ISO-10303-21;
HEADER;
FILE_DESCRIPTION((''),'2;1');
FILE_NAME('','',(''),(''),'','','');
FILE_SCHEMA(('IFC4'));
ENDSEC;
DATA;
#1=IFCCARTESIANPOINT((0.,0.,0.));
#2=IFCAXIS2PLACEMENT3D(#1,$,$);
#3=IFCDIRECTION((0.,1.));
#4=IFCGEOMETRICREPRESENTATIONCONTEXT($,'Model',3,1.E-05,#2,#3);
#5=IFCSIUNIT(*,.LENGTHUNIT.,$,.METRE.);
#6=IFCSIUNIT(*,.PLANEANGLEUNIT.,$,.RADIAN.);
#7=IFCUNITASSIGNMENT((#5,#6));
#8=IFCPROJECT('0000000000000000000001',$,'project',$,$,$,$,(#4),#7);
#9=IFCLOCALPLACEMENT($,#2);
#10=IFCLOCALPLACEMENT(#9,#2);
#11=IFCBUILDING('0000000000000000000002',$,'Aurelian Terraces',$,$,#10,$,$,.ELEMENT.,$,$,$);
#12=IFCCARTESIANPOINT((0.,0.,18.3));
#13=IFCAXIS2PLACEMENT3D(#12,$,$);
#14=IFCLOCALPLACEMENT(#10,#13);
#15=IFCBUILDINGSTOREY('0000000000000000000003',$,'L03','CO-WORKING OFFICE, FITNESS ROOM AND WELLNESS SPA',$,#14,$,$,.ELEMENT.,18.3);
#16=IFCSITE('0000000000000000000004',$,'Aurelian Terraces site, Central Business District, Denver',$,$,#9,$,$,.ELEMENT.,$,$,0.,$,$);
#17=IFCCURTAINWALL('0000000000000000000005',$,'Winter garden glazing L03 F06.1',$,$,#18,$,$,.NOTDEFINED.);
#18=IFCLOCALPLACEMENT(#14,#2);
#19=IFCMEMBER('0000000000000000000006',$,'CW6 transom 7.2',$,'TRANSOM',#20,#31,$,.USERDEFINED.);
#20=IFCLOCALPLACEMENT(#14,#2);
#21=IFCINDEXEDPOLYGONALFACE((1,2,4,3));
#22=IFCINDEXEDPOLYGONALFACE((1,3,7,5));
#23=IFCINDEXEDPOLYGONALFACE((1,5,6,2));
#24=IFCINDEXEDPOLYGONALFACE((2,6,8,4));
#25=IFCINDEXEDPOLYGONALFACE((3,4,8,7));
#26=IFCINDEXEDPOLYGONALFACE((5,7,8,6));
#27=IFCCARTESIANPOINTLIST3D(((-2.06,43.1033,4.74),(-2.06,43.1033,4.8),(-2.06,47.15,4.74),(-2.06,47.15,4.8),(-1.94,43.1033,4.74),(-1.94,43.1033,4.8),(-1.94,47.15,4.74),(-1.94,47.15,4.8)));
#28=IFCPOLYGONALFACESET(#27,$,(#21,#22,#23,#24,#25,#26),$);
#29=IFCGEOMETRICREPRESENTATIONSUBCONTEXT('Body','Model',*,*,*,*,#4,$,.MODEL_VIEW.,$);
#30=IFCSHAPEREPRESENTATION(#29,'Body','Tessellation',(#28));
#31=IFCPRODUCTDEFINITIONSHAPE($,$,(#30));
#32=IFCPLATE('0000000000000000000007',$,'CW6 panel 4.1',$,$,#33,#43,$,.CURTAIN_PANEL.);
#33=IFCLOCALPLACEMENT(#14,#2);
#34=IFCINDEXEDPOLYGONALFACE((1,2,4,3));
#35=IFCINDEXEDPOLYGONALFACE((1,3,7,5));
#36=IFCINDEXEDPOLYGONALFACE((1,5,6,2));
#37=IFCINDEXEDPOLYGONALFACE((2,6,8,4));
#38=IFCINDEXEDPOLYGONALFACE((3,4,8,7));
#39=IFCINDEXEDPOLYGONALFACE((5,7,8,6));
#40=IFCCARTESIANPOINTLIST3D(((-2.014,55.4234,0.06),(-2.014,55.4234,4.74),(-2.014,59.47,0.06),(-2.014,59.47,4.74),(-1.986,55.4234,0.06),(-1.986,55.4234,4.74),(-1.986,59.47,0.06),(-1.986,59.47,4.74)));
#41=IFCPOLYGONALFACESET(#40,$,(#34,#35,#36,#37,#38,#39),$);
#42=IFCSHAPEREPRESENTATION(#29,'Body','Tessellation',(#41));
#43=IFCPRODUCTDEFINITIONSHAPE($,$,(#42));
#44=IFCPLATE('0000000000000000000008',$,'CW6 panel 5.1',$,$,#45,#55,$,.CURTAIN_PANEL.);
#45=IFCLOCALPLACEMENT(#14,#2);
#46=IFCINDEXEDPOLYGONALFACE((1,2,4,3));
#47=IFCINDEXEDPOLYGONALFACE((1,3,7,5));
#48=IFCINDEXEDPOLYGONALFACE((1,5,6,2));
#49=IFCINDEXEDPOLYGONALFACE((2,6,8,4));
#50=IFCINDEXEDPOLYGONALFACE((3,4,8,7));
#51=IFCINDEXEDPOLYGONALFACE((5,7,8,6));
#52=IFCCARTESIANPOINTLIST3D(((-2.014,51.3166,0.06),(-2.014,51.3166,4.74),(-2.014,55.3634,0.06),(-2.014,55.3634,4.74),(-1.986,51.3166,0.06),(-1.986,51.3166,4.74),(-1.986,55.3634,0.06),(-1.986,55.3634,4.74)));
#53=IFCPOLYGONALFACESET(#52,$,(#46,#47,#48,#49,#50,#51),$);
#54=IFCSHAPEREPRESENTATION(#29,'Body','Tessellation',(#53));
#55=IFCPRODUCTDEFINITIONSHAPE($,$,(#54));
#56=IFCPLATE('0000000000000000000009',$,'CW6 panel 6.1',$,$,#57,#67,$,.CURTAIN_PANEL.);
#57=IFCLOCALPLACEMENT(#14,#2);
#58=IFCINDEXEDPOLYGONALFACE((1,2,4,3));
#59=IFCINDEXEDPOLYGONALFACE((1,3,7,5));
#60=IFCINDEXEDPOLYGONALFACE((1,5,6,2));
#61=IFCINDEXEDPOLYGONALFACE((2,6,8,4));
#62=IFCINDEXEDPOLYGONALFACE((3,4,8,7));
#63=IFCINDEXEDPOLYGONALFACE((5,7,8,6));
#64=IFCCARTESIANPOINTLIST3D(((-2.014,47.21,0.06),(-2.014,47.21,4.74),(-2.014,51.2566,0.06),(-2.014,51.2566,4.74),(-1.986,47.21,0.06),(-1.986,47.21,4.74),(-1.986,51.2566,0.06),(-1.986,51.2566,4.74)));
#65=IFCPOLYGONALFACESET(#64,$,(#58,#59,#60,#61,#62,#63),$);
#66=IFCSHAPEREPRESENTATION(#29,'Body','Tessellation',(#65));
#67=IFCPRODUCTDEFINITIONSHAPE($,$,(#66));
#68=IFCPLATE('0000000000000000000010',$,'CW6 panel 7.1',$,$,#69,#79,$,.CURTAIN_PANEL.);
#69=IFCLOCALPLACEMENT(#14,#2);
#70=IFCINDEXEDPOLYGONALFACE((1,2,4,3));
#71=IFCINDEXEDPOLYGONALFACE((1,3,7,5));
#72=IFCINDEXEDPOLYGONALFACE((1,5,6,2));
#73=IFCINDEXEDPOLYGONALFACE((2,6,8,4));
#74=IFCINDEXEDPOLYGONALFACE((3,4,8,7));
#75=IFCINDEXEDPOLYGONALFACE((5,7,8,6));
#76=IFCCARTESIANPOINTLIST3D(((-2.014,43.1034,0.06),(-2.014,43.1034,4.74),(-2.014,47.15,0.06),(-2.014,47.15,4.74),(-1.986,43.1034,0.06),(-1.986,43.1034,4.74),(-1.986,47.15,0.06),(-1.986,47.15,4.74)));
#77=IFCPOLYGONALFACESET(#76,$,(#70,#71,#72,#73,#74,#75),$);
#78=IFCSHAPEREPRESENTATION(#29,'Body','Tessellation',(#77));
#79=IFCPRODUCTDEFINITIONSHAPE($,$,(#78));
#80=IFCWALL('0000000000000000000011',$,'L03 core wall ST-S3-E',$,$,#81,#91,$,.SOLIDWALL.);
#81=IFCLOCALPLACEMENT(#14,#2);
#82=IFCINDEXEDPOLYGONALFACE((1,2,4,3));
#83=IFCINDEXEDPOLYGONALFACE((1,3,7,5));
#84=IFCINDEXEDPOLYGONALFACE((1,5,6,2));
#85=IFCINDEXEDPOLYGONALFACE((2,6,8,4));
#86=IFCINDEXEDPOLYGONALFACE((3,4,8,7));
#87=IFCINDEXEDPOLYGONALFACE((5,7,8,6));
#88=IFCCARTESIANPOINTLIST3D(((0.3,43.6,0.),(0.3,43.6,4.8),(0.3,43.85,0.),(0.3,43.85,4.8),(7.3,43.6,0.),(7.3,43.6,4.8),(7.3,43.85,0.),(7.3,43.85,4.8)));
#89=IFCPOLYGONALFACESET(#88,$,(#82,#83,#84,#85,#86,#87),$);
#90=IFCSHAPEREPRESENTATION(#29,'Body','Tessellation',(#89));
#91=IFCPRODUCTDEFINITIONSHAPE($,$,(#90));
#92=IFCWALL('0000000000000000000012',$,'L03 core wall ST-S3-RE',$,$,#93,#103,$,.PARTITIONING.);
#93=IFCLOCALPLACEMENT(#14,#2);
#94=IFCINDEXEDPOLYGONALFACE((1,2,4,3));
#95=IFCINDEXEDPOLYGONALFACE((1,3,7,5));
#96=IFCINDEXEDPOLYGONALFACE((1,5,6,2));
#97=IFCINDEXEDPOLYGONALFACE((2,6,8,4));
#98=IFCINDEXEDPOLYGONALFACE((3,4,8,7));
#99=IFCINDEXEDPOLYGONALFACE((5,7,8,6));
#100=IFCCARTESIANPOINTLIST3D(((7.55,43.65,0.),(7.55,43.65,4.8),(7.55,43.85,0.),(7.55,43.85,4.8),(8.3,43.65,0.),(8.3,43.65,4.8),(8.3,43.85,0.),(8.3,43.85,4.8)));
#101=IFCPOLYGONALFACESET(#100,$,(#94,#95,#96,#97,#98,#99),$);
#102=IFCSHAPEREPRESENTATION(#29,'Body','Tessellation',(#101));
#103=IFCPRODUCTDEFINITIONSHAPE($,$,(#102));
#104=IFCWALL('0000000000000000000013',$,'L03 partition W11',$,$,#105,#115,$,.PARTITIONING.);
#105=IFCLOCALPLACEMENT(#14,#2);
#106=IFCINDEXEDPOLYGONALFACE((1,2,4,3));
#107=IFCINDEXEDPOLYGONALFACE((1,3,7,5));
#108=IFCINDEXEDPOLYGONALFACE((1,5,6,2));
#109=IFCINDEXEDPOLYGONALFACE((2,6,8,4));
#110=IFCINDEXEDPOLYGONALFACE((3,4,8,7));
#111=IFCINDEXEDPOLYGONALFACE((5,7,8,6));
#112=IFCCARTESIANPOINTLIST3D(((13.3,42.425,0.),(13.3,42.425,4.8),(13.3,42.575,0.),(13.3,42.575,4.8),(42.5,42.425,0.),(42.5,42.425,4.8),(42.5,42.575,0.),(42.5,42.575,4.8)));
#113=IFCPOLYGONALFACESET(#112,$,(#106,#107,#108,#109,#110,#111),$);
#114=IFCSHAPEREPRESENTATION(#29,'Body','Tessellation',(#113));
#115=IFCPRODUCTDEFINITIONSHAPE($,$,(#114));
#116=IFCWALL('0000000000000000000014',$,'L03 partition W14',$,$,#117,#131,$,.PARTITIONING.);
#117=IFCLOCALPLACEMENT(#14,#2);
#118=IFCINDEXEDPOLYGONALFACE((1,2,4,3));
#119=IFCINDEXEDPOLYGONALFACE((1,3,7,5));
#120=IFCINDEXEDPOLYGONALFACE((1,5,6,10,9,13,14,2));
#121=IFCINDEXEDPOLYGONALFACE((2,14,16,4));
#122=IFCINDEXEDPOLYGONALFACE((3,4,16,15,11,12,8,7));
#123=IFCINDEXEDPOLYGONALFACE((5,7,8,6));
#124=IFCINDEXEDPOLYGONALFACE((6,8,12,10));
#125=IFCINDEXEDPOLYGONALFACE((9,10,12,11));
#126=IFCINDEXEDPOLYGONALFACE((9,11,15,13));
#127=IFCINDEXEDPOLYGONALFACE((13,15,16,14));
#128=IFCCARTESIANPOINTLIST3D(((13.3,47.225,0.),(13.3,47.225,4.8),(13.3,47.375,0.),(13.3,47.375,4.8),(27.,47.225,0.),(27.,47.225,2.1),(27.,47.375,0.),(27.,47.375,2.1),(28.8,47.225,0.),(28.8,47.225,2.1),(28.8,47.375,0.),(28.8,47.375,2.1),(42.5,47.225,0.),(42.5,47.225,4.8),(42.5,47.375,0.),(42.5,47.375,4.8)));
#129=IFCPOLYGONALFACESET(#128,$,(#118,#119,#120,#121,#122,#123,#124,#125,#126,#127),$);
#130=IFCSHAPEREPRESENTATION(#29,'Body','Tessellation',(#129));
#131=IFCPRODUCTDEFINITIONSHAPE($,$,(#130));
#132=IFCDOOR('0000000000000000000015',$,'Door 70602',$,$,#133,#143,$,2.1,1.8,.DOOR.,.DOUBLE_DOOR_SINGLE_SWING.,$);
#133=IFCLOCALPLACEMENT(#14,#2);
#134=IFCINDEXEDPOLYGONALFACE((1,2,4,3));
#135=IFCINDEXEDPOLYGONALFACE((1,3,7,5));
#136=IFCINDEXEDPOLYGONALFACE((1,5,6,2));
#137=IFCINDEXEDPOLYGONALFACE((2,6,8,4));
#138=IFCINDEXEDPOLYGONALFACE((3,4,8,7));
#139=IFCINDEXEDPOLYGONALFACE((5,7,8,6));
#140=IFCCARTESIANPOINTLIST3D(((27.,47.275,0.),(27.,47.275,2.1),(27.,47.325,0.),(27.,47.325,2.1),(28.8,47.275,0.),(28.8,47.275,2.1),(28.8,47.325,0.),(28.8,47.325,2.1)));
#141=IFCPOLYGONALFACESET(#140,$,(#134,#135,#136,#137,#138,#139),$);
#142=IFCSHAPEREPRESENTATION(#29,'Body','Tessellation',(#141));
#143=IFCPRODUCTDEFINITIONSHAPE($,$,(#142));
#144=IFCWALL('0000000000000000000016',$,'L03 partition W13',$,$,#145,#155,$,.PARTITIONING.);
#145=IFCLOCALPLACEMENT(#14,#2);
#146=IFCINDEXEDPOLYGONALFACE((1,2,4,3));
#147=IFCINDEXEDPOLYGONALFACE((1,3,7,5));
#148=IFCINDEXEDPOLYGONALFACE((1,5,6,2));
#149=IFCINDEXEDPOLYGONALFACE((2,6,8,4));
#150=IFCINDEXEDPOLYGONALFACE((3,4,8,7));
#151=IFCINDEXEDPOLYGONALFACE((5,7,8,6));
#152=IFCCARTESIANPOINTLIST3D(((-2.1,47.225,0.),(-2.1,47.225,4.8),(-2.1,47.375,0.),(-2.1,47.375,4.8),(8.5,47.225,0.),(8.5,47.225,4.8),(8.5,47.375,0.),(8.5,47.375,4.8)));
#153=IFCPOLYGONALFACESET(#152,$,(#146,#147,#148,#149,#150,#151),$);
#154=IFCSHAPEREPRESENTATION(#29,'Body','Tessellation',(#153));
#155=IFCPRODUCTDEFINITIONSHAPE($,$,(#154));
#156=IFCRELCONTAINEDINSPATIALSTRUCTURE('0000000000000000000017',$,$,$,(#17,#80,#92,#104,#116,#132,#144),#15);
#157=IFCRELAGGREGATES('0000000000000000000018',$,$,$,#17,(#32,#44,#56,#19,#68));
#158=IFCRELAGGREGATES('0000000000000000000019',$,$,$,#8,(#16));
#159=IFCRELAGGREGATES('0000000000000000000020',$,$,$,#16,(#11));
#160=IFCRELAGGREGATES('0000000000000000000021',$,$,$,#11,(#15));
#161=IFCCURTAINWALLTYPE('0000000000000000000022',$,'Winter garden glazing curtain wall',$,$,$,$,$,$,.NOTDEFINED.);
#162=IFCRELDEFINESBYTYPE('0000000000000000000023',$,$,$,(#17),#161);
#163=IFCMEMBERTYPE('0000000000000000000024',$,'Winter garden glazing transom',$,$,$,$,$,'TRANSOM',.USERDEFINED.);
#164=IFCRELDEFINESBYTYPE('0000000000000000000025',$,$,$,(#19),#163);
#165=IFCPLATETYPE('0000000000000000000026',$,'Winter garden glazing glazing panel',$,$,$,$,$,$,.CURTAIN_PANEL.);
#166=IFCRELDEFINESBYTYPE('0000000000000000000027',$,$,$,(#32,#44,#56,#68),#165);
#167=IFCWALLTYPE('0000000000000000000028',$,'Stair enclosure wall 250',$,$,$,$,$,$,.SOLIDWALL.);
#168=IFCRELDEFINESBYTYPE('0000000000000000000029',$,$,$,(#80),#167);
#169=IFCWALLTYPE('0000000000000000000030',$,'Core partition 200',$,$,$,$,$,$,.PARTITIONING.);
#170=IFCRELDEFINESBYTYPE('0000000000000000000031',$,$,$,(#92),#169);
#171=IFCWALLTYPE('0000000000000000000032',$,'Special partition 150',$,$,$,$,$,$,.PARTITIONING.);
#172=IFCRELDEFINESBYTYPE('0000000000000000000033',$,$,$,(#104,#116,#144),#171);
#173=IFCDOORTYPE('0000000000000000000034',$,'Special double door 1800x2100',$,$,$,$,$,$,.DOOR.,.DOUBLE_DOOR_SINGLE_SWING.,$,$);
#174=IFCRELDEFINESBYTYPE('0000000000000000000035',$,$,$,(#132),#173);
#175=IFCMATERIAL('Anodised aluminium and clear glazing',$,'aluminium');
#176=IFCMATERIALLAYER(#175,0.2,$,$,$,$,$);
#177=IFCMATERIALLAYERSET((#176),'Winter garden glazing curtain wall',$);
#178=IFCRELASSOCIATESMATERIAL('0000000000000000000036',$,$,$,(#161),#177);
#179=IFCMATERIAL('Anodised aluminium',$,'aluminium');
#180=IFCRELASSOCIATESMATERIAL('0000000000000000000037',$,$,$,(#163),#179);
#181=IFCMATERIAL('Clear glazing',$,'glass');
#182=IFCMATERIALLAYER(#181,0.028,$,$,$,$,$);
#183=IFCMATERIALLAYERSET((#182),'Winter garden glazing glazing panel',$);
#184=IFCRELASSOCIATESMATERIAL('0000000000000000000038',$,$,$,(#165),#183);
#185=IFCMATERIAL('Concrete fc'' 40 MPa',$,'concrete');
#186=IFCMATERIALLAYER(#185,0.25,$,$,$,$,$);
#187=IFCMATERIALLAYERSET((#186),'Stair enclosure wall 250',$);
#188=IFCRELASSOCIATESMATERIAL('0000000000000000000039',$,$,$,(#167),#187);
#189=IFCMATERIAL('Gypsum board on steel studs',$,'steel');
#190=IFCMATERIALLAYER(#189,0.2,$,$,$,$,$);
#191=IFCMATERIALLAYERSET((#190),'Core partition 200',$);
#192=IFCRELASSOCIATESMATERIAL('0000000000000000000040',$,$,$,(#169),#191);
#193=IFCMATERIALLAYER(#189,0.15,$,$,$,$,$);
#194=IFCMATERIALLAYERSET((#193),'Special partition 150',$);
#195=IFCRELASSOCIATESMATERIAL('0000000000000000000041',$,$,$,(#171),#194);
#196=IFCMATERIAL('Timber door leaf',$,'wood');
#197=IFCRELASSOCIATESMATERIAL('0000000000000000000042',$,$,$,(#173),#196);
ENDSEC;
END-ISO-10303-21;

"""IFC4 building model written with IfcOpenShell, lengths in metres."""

from ifc_helpers import new_model, si_unit, direction, frame, frame_2d, origin, origin_2d, place, context, subcontext, project, spatial, rectangle, extrude, source, transform, mapped, material, layer, layer_set, material_profile, profile_set, type_object, element, fill, aggregate, save


model = new_model("IFC4")

# Units and contexts
model_context = context("Model", 3, precision=1e-05, world=origin(), true_north=direction((0.0, 1.0)))
body_context = subcontext(model_context, "Body", "Model", "MODEL_VIEW")
ifc_project = project(units=[si_unit("LENGTHUNIT", "METRE"), si_unit("PLANEANGLEUNIT", "RADIAN")], contexts=[model_context])

# Site, building, storey
site_placement = place(None, origin())
site = spatial("IfcSite", under=ifc_project, at=site_placement, Name="Aurelian Terraces site, Central Business District, Denver", CompositionType="ELEMENT", RefElevation=0.0)
building_placement = place(site_placement, origin())
building = spatial("IfcBuilding", under=site, at=building_placement, Name="Aurelian Terraces", CompositionType="ELEMENT")
storey_placement = place(building_placement, frame((0.0, 0.0, 18.3)))
storey = spatial("IfcBuildingStorey", under=building, at=storey_placement, Name="L03", Description="CO-WORKING OFFICE, FITNESS ROOM AND WELLNESS SPA", CompositionType="ELEMENT", Elevation=18.3)

# Curtain wall, member, plates
ifc_material_1 = material(Name="Anodised aluminium and clear glazing", Category="aluminium")
ifc_layer_1 = layer(ifc_material_1, 0.2)
ifc_layer_set_1 = layer_set([ifc_layer_1], Name="Winter garden glazing curtain wall")
curtain_wall_type = type_object("IfcCurtainWallType", Name="Winter garden glazing curtain wall", PredefinedType="NOTDEFINED", material=ifc_layer_set_1)
curtain_wall_placement = place(storey_placement, origin())
curtain_wall = element("IfcCurtainWall", 1, at=curtain_wall_placement, inside=storey, type_object=curtain_wall_type, Name="Winter garden glazing L03 F06.1", PredefinedType="NOTDEFINED")
ifc_material_2 = material(Name="Anodised aluminium", Category="aluminium")
ifc_material_profile_1 = material_profile(ifc_material_2, rectangle(XDim=0.12, YDim=0.06, at=origin_2d()))
ifc_profile_set_1 = profile_set([ifc_material_profile_1], Name="Anodised aluminium")
member_type_1 = type_object("IfcMemberType", Name="Winter garden glazing transom", ElementType="TRANSOM", PredefinedType="USERDEFINED", material=ifc_profile_set_1)
shared_shape_1 = source(origin(), body_context, "Body", "SweptSolid", [
    extrude(rectangle(XDim=0.12, YDim=0.06, at=origin_2d()), origin(), (0.0, 0.0, 1.0), 4.0467),
])
member_1_placement = place(storey_placement, frame((-2.0, 47.15, 4.77), z_axis=(0.0, -1.0, 0.0), x_axis=(1.0, 0.0, 0.0)))
member_1 = element("IfcMember", 2, at=member_1_placement, type_object=member_type_1, Name="CW6 transom 7.2", ObjectType="TRANSOM", PredefinedType="USERDEFINED", context=body_context, shape_type="MappedRepresentation", body=[
    mapped(shared_shape_1, transform((0.0, 0.0, 0.0), scale=1.0)),
])
ifc_material_3 = material(Name="Clear glazing", Category="glass")
ifc_layer_2 = layer(ifc_material_3, 0.028)
ifc_layer_set_2 = layer_set([ifc_layer_2], Name="Winter garden glazing glazing panel")
plate_type = type_object("IfcPlateType", Name="Winter garden glazing glazing panel", PredefinedType="CURTAIN_PANEL", material=ifc_layer_set_2)
shared_shape_2 = source(origin(), body_context, "Body", "SweptSolid", [
    extrude(rectangle(XDim=4.0467, YDim=0.028, at=origin_2d()), origin(), (0.0, 0.0, 1.0), 4.68),
])
plate_1_placement = place(storey_placement, frame((-2.0, 57.4467, 0.06), z_axis=(0.0, 0.0, 1.0), x_axis=(0.0, -1.0, 0.0)))
plate_1 = element("IfcPlate", 3, at=plate_1_placement, type_object=plate_type, Name="CW6 panel 4.1", PredefinedType="CURTAIN_PANEL", context=body_context, shape_type="MappedRepresentation", body=[
    mapped(shared_shape_2, transform((0.0, 0.0, 0.0), scale=1.0)),
])
plate_2_placement = place(storey_placement, frame((-2.0, 53.34, 0.06), z_axis=(0.0, 0.0, 1.0), x_axis=(0.0, -1.0, 0.0)))
plate_2 = element("IfcPlate", 4, at=plate_2_placement, type_object=plate_type, Name="CW6 panel 5.1", PredefinedType="CURTAIN_PANEL", context=body_context, shape_type="MappedRepresentation", body=[
    mapped(shared_shape_2, transform((0.0, 0.0, 0.0), scale=1.0)),
])
plate_3_placement = place(storey_placement, frame((-2.0, 49.2333, 0.06), z_axis=(0.0, 0.0, 1.0), x_axis=(0.0, -1.0, 0.0)))
plate_3 = element("IfcPlate", 5, at=plate_3_placement, type_object=plate_type, Name="CW6 panel 6.1", PredefinedType="CURTAIN_PANEL", context=body_context, shape_type="MappedRepresentation", body=[
    mapped(shared_shape_2, transform((0.0, 0.0, 0.0), scale=1.0)),
])
plate_4_placement = place(storey_placement, frame((-2.0, 45.1267, 0.06), z_axis=(0.0, 0.0, 1.0), x_axis=(0.0, -1.0, 0.0)))
plate_4 = element("IfcPlate", 6, at=plate_4_placement, type_object=plate_type, Name="CW6 panel 7.1", PredefinedType="CURTAIN_PANEL", context=body_context, shape_type="MappedRepresentation", body=[
    mapped(shared_shape_2, transform((0.0, 0.0, 0.0), scale=1.0)),
])
aggregate(curtain_wall, [plate_1, plate_2, plate_3, member_1, plate_4])

# Walls
ifc_material_4 = material(Name="Concrete fc' 40 MPa", Category="concrete")
ifc_layer_3 = layer(ifc_material_4, 0.25)
ifc_layer_set_3 = layer_set([ifc_layer_3], Name="Stair enclosure wall 250")
wall_type_1 = type_object("IfcWallType", Name="Stair enclosure wall 250", PredefinedType="SOLIDWALL", material=ifc_layer_set_3)
shared_shape_3 = source(origin(), body_context, "Body", "SweptSolid", [
    extrude(rectangle(XDim=7.0, YDim=0.25, at=frame_2d((3.5, 0.0))), origin(), (0.0, 0.0, 1.0), 4.8),
])
wall_1_placement = place(storey_placement, frame((0.3, 43.725, 0.0), z_axis=(0.0, 0.0, 1.0), x_axis=(1.0, 0.0, 0.0)))
element("IfcWall", 7, at=wall_1_placement, inside=storey, type_object=wall_type_1, Name="L03 core wall ST-S3-E", PredefinedType="SOLIDWALL", context=body_context, shape_type="MappedRepresentation", body=[
    mapped(shared_shape_3, transform((0.0, 0.0, 0.0), scale=1.0)),
])
ifc_material_5 = material(Name="Gypsum board on steel studs", Category="steel")
ifc_layer_4 = layer(ifc_material_5, 0.2)
ifc_layer_set_4 = layer_set([ifc_layer_4], Name="Core partition 200")
wall_type_2 = type_object("IfcWallType", Name="Core partition 200", PredefinedType="PARTITIONING", material=ifc_layer_set_4)
shared_shape_4 = source(origin(), body_context, "Body", "SweptSolid", [
    extrude(rectangle(XDim=0.75, YDim=0.2, at=frame_2d((0.375, 0.0))), origin(), (0.0, 0.0, 1.0), 4.8),
])
wall_2_placement = place(storey_placement, frame((7.55, 43.75, 0.0), z_axis=(0.0, 0.0, 1.0), x_axis=(1.0, 0.0, 0.0)))
element("IfcWall", 8, at=wall_2_placement, inside=storey, type_object=wall_type_2, Name="L03 core wall ST-S3-RE", PredefinedType="PARTITIONING", context=body_context, shape_type="MappedRepresentation", body=[
    mapped(shared_shape_4, transform((0.0, 0.0, 0.0), scale=1.0)),
])
ifc_layer_5 = layer(ifc_material_5, 0.15)
ifc_layer_set_5 = layer_set([ifc_layer_5], Name="Special partition 150")
wall_type_3 = type_object("IfcWallType", Name="Special partition 150", PredefinedType="PARTITIONING", material=ifc_layer_set_5)
shared_shape_5 = source(origin(), body_context, "Body", "SweptSolid", [
    extrude(rectangle(XDim=29.2, YDim=0.15, at=frame_2d((14.6, 0.0))), origin(), (0.0, 0.0, 1.0), 4.8),
])
wall_3_placement = place(storey_placement, frame((13.3, 42.5, 0.0), z_axis=(0.0, 0.0, 1.0), x_axis=(1.0, 0.0, 0.0)))
element("IfcWall", 9, at=wall_3_placement, inside=storey, type_object=wall_type_3, Name="L03 partition W11", PredefinedType="PARTITIONING", context=body_context, shape_type="MappedRepresentation", body=[
    mapped(shared_shape_5, transform((0.0, 0.0, 0.0), scale=1.0)),
])

# Wall, opening, door
wall_4_placement = place(storey_placement, frame((13.3, 47.3, 0.0), z_axis=(0.0, 0.0, 1.0), x_axis=(1.0, 0.0, 0.0)))
wall_4 = element("IfcWall", 10, at=wall_4_placement, inside=storey, type_object=wall_type_3, Name="L03 partition W14", PredefinedType="PARTITIONING", context=body_context, shape_type="MappedRepresentation", body=[
    mapped(shared_shape_5, transform((0.0, 0.0, 0.0), scale=1.0)),
])
shared_shape_6 = source(origin(), body_context, "Body", "SweptSolid", [
    extrude(rectangle(XDim=1.8, YDim=2.1, at=frame_2d((0.9, 1.05))), frame((0.0, 0.085, 0.0), z_axis=(0.0, -1.0, 0.0), x_axis=(1.0, 0.0, 0.0)), (0.0, 0.0, 1.0), 0.17),
])
opening_1_placement = place(wall_4_placement, frame((13.7, 0.0, 0.0)))
opening_1 = element("IfcOpeningElement", 11, at=opening_1_placement, cuts=wall_4, PredefinedType="OPENING", context=body_context, shape_type="MappedRepresentation", body=[
    mapped(shared_shape_6, transform((0.0, 0.0, 0.0), scale=1.0)),
])
ifc_material_6 = material(Name="Timber door leaf", Category="wood")
door_type = type_object("IfcDoorType", Name="Special double door 1800x2100", OperationType="DOUBLE_DOOR_SINGLE_SWING", PredefinedType="DOOR", material=ifc_material_6)
shared_shape_7 = source(origin(), body_context, "Body", "SweptSolid", [
    extrude(rectangle(XDim=1.8, YDim=2.1, at=frame_2d((0.9, 1.05))), frame((0.0, 0.025, 0.0), z_axis=(0.0, -1.0, 0.0), x_axis=(1.0, 0.0, 0.0)), (0.0, 0.0, 1.0), 0.05),
])
door_1_placement = place(opening_1_placement, origin())
door_1 = element("IfcDoor", 12, at=door_1_placement, inside=storey, type_object=door_type, Name="Door 70602", OperationType="DOUBLE_DOOR_SINGLE_SWING", OverallHeight=2.1, OverallWidth=1.8, PredefinedType="DOOR", context=body_context, shape_type="MappedRepresentation", body=[
    mapped(shared_shape_7, transform((0.0, 0.0, 0.0), scale=1.0)),
])
fill(opening_1, door_1)

# Wall
shared_shape_8 = source(origin(), body_context, "Body", "SweptSolid", [
    extrude(rectangle(XDim=10.6, YDim=0.15, at=frame_2d((5.3, 0.0))), origin(), (0.0, 0.0, 1.0), 4.8),
])
wall_5_placement = place(storey_placement, frame((-2.1, 47.3, 0.0), z_axis=(0.0, 0.0, 1.0), x_axis=(1.0, 0.0, 0.0)))
element("IfcWall", 13, at=wall_5_placement, inside=storey, type_object=wall_type_3, Name="L03 partition W13", PredefinedType="PARTITIONING", context=body_context, shape_type="MappedRepresentation", body=[
    mapped(shared_shape_8, transform((0.0, 0.0, 0.0), scale=1.0)),
])

save(model, "model.ifc")
